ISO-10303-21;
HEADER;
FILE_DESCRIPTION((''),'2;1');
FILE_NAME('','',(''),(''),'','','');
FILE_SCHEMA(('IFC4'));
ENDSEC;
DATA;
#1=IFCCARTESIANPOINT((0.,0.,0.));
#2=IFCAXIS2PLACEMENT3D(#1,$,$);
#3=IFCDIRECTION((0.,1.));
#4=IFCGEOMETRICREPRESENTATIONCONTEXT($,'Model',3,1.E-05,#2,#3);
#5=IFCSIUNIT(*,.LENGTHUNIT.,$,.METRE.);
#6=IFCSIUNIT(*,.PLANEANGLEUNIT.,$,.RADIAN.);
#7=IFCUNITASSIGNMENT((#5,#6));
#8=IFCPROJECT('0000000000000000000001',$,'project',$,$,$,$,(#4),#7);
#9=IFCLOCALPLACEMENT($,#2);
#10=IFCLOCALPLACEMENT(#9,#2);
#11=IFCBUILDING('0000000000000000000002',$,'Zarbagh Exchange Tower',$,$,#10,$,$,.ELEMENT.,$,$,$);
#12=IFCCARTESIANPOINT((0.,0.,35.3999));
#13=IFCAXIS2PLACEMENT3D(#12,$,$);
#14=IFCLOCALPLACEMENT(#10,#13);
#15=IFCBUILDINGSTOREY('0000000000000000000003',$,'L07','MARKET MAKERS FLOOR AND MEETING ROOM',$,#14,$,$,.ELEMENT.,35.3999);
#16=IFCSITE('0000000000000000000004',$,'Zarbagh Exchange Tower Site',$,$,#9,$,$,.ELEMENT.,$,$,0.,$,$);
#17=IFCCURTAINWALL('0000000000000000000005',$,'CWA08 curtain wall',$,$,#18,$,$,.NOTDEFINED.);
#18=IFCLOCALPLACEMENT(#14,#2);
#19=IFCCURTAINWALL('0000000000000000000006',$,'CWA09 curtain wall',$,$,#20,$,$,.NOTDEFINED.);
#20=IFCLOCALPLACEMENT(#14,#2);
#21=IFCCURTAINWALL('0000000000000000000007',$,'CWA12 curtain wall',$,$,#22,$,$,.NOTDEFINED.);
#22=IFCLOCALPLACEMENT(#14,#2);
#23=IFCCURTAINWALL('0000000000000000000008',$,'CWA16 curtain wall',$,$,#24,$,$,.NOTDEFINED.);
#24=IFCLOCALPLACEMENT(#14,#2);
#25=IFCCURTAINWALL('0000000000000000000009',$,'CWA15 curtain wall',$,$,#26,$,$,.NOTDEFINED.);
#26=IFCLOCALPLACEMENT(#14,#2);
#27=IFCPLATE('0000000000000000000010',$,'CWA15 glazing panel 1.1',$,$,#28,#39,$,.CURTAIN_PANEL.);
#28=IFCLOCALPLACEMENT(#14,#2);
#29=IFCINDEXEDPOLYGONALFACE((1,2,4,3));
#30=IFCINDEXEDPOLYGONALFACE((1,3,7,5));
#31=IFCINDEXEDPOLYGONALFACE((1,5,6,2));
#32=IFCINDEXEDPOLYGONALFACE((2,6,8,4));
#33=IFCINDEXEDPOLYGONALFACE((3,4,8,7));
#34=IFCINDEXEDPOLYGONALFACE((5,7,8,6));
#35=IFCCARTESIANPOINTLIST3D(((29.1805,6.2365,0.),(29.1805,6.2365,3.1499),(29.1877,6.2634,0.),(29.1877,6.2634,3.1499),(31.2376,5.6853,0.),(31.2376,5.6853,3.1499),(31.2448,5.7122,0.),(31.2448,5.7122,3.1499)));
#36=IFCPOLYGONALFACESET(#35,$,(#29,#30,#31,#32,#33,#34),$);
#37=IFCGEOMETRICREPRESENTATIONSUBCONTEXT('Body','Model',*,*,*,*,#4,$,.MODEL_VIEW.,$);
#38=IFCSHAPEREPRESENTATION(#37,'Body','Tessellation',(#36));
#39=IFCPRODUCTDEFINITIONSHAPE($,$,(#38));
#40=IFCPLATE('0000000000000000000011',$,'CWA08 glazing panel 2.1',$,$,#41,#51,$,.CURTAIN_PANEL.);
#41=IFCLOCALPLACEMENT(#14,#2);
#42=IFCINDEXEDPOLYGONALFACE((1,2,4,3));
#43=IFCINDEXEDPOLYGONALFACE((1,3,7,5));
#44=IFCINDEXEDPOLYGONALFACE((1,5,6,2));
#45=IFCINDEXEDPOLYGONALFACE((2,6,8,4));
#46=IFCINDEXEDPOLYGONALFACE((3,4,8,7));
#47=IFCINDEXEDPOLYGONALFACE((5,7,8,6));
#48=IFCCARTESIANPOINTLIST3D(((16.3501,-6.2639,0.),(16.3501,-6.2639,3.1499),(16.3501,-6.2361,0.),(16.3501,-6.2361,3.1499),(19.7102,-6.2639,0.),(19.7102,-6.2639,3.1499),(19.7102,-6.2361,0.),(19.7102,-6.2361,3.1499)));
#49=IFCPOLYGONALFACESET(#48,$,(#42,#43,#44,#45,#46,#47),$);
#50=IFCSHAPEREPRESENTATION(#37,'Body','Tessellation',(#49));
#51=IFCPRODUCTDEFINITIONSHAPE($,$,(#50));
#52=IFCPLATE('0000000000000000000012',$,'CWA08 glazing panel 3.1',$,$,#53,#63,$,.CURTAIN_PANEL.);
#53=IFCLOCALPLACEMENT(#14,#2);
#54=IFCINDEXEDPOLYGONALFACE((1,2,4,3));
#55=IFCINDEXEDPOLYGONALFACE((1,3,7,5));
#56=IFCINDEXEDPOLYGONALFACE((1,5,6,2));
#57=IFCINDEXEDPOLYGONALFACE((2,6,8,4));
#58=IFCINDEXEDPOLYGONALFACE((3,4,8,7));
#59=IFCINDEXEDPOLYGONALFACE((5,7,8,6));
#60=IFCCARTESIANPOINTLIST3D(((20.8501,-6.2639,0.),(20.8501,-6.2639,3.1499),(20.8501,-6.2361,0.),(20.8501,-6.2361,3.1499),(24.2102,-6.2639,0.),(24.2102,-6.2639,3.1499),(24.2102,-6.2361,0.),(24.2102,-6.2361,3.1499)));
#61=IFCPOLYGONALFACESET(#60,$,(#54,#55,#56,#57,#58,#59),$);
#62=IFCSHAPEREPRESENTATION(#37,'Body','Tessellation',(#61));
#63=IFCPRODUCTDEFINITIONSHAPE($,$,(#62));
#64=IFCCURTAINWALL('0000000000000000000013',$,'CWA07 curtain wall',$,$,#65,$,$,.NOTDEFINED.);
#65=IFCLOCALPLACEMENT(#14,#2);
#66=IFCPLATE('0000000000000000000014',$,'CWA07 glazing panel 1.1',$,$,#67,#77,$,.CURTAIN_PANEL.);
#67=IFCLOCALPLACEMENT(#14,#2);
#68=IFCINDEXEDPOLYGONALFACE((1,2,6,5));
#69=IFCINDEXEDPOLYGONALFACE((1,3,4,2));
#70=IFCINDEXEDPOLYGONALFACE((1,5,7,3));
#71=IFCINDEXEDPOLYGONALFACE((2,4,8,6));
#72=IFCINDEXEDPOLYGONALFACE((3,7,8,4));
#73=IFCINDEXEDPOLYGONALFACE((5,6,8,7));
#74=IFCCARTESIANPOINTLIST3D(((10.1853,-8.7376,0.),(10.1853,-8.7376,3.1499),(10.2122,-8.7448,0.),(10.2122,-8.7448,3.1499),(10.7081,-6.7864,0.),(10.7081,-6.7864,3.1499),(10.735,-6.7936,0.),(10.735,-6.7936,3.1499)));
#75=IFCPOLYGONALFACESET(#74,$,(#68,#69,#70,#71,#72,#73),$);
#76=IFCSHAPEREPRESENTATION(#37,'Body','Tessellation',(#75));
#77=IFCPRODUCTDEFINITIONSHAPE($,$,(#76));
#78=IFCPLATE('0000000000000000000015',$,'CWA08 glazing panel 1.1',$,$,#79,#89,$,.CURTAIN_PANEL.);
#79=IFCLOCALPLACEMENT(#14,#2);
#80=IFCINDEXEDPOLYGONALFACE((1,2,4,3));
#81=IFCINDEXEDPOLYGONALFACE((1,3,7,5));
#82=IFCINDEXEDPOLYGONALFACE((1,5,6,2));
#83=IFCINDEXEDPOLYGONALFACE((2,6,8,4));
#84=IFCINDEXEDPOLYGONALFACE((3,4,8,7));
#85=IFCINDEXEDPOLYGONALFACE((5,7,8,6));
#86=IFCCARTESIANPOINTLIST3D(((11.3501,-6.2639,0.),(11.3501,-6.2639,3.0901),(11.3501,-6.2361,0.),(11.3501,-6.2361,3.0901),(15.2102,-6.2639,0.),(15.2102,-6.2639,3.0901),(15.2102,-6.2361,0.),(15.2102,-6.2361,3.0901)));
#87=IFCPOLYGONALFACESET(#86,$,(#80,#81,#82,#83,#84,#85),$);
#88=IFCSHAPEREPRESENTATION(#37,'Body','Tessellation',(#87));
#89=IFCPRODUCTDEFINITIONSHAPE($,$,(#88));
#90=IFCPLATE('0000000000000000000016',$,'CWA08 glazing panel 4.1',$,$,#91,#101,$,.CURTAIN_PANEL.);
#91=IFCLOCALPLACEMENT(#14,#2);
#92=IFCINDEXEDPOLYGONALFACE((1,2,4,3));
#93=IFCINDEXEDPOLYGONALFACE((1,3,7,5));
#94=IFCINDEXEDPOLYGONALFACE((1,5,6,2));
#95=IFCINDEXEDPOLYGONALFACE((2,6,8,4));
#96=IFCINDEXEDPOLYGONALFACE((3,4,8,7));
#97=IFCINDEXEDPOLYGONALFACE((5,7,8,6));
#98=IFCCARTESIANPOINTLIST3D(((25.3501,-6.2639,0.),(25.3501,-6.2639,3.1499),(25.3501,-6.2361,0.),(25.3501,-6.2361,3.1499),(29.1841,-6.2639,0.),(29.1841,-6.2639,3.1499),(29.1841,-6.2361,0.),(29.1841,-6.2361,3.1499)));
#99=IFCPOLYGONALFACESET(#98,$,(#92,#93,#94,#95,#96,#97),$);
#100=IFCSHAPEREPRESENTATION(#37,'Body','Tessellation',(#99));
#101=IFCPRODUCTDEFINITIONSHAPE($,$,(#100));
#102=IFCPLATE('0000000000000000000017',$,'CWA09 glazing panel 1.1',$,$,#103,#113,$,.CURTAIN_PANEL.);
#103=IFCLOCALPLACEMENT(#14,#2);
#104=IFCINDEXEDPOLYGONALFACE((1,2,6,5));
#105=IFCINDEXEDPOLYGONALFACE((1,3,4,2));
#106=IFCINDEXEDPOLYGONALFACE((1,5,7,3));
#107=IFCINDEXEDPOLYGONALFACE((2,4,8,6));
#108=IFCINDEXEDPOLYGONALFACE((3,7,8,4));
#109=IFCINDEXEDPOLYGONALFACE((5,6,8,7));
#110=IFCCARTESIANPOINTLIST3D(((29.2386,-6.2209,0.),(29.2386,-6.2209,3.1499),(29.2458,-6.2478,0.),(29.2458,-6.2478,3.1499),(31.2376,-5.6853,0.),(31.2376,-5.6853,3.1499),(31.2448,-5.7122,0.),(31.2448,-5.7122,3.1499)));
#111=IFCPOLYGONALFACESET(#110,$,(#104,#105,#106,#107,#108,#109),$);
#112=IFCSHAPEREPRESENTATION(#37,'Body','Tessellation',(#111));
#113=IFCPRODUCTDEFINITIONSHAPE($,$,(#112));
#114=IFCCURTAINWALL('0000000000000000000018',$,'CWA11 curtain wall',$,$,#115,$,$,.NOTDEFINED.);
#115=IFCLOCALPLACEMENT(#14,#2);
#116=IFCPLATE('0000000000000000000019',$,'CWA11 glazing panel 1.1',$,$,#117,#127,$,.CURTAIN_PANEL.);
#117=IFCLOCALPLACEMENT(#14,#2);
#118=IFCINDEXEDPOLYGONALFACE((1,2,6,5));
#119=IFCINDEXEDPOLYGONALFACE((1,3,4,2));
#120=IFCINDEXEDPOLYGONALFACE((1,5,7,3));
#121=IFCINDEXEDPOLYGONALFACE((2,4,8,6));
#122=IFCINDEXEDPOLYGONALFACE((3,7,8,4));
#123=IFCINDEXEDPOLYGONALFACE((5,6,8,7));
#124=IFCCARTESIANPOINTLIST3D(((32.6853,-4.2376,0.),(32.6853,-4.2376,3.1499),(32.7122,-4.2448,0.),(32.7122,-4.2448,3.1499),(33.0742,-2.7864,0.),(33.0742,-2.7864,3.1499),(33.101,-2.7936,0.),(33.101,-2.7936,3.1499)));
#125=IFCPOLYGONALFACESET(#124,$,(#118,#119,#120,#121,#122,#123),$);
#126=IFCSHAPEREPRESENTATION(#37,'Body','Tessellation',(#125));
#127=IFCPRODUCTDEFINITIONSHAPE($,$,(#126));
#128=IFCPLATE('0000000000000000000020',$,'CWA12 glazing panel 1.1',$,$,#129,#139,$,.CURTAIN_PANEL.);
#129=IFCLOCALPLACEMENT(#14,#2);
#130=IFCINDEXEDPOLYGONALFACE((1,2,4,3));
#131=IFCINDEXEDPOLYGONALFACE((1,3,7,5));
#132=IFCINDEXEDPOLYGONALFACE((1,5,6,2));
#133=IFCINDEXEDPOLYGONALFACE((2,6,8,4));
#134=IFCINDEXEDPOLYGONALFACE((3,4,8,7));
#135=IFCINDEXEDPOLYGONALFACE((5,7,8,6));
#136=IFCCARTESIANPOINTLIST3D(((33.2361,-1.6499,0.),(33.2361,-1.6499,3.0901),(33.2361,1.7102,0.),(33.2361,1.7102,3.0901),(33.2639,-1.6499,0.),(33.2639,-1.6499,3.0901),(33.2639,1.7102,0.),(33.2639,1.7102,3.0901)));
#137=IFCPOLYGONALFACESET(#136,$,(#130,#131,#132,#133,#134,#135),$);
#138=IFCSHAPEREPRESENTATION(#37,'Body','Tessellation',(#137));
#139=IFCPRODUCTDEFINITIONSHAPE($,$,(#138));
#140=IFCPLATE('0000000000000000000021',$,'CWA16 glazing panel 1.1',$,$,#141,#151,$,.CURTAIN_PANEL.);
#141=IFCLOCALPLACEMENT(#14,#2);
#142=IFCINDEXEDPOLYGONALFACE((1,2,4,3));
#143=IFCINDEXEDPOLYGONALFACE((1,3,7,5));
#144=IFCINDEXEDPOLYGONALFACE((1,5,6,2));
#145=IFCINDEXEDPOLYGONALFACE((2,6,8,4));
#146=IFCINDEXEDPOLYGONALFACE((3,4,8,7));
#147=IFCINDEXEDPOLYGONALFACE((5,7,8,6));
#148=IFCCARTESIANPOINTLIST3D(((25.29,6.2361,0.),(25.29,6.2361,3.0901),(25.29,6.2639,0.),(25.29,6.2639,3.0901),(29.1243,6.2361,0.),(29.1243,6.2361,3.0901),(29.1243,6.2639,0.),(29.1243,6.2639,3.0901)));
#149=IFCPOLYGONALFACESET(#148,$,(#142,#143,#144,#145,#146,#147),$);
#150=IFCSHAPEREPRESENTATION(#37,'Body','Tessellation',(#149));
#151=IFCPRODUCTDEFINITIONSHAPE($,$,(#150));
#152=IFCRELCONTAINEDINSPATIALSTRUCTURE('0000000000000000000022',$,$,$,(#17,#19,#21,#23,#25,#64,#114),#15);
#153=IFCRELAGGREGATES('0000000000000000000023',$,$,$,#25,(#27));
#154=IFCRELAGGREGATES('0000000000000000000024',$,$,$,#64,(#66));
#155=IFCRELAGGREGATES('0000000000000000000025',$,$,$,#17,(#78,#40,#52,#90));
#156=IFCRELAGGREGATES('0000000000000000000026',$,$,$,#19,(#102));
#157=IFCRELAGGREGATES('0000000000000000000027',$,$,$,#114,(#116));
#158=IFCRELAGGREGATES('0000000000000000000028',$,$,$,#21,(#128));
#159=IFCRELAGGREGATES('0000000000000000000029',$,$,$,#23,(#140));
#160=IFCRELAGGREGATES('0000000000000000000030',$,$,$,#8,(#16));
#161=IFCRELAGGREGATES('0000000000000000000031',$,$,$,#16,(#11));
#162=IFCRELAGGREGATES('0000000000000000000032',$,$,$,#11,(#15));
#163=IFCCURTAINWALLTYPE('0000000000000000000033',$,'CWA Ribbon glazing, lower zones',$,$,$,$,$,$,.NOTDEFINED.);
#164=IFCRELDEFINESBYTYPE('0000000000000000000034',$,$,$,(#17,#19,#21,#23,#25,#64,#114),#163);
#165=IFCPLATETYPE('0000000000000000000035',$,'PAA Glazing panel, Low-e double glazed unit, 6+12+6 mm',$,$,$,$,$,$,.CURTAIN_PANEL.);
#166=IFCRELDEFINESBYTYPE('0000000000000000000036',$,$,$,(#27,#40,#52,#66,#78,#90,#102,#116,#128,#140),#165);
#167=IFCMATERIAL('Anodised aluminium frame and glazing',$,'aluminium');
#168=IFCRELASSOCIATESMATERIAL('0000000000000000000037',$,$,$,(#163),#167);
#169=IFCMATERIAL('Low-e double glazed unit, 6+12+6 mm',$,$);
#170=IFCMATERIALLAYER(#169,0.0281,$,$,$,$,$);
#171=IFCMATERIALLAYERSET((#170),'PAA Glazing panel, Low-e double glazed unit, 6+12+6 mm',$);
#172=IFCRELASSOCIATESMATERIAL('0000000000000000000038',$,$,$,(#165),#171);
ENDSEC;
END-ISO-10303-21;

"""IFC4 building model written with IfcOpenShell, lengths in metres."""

from ifc_helpers import new_model, si_unit, direction, frame, origin, place, context, subcontext, project, spatial, polyline, outline, extrude, source, transform, mapped, material, layer, layer_set, type_object, element, aggregate, save


model = new_model("IFC4")

# Units and contexts
model_context = context("Model", 3, precision=1e-05, world=origin(), true_north=direction((0.0, 1.0)))
body_context = subcontext(model_context, "Body", "Model", "MODEL_VIEW")
ifc_project = project(units=[si_unit("LENGTHUNIT", "METRE"), si_unit("PLANEANGLEUNIT", "RADIAN")], contexts=[model_context])

# Site, building, storey
site_placement = place(None, origin())
site = spatial("IfcSite", under=ifc_project, at=site_placement, Name="Zarbagh Exchange Tower Site", CompositionType="ELEMENT", RefElevation=0.0)
building_placement = place(site_placement, origin())
building = spatial("IfcBuilding", under=site, at=building_placement, Name="Zarbagh Exchange Tower", CompositionType="ELEMENT")
storey_placement = place(building_placement, frame((0.0, 0.0, 35.3999)))
storey = spatial("IfcBuildingStorey", under=building, at=storey_placement, Name="L07", Description="MARKET MAKERS FLOOR AND MEETING ROOM", CompositionType="ELEMENT", Elevation=35.3999)

# Curtain wall
ifc_material_1 = material(Name="Anodised aluminium frame and glazing", Category="aluminium")
curtain_wall_type = type_object("IfcCurtainWallType", Name="CWA Ribbon glazing, lower zones", PredefinedType="NOTDEFINED", material=ifc_material_1)
curtain_wall_1_placement = place(storey_placement, origin())
curtain_wall_1 = element("IfcCurtainWall", 1, at=curtain_wall_1_placement, inside=storey, type_object=curtain_wall_type, Name="CWA08 curtain wall", PredefinedType="NOTDEFINED")
placement = place(storey_placement, origin())

# Curtain walls
curtain_wall_2_placement = place(storey_placement, origin())
curtain_wall_2 = element("IfcCurtainWall", 2, at=curtain_wall_2_placement, inside=storey, type_object=curtain_wall_type, Name="CWA09 curtain wall", PredefinedType="NOTDEFINED")
curtain_wall_3_placement = place(storey_placement, origin())
curtain_wall_3 = element("IfcCurtainWall", 3, at=curtain_wall_3_placement, inside=storey, type_object=curtain_wall_type, Name="CWA12 curtain wall", PredefinedType="NOTDEFINED")
curtain_wall_4_placement = place(storey_placement, origin())
curtain_wall_4 = element("IfcCurtainWall", 4, at=curtain_wall_4_placement, inside=storey, type_object=curtain_wall_type, Name="CWA16 curtain wall", PredefinedType="NOTDEFINED")

# Shared definitions
ifc_material_2 = material(Name="Low-e double glazed unit, 6+12+6 mm")
ifc_layer = layer(ifc_material_2, 0.0281)
ifc_layer_set = layer_set([ifc_layer], Name="PAA Glazing panel, Low-e double glazed unit, 6+12+6 mm")
plate_type = type_object("IfcPlateType", Name="PAA Glazing panel, Low-e double glazed unit, 6+12+6 mm", PredefinedType="CURTAIN_PANEL", material=ifc_layer_set)

# Curtain wall, plate
curtain_wall_5_placement = place(storey_placement, origin())
curtain_wall_5 = element("IfcCurtainWall", 5, at=curtain_wall_5_placement, inside=storey, type_object=curtain_wall_type, Name="CWA15 curtain wall", PredefinedType="NOTDEFINED")
shared_shape_1 = source(origin(), body_context, "Body", "SweptSolid", [
    extrude(outline(polyline([(0.0, -0.0139), (2.1296, -0.0139), (2.1296, 0.0139), (0.0, 0.0139), (0.0, -0.0139)])), origin(), (0.0, 0.0, 1.0), 3.1499),
])
plate_1 = element("IfcPlate", 6, at=placement, type_object=plate_type, Name="CWA15 glazing panel 1.1", PredefinedType="CURTAIN_PANEL", context=body_context, shape_type="MappedRepresentation", body=[
    mapped(shared_shape_1, transform((31.2412, 5.6987, 0.0), x_axis=(-0.965924, 0.258825, 0.0), y_axis=(-0.258825, -0.965924, 0.0), z_axis=(0.0, 0.0, 1.0))),
])
aggregate(curtain_wall_5, [plate_1])

# Plates
shared_shape_2 = source(origin(), body_context, "Body", "SweptSolid", [
    extrude(outline(polyline([(0.0, -0.0139), (3.3601, -0.0139), (3.3601, 0.0139), (0.0, 0.0139), (0.0, -0.0139)])), origin(), (0.0, 0.0, 1.0), 3.1499),
])
plate_2 = element("IfcPlate", 7, at=placement, type_object=plate_type, Name="CWA08 glazing panel 2.1", PredefinedType="CURTAIN_PANEL", context=body_context, shape_type="MappedRepresentation", body=[
    mapped(shared_shape_2, transform((16.3501, -6.25, 0.0), x_axis=(1.0, 0.0, 0.0), y_axis=(0.0, 1.0, 0.0), z_axis=(0.0, 0.0, 1.0))),
])
plate_3 = element("IfcPlate", 8, at=placement, type_object=plate_type, Name="CWA08 glazing panel 3.1", PredefinedType="CURTAIN_PANEL", context=body_context, shape_type="MappedRepresentation", body=[
    mapped(shared_shape_2, transform((20.8501, -6.25, 0.0), x_axis=(1.0, 0.0, 0.0), y_axis=(0.0, 1.0, 0.0), z_axis=(0.0, 0.0, 1.0))),
])

# Curtain wall, plate
curtain_wall_6_placement = place(storey_placement, origin())
curtain_wall_6 = element("IfcCurtainWall", 9, at=curtain_wall_6_placement, inside=storey, type_object=curtain_wall_type, Name="CWA07 curtain wall", PredefinedType="NOTDEFINED")
shared_shape_3 = source(origin(), body_context, "Body", "SweptSolid", [
    extrude(outline(polyline([(0.0, -0.0139), (2.02, -0.0139), (2.02, 0.0139), (0.0, 0.0139), (0.0, -0.0139)])), origin(), (0.0, 0.0, 1.0), 3.1499),
])
plate_4 = element("IfcPlate", 10, at=placement, type_object=plate_type, Name="CWA07 glazing panel 1.1", PredefinedType="CURTAIN_PANEL", context=body_context, shape_type="MappedRepresentation", body=[
    mapped(shared_shape_3, transform((10.1987, -8.7412, 0.0), x_axis=(0.258825, 0.965924, 0.0), y_axis=(-0.965924, 0.258825, 0.0), z_axis=(0.0, 0.0, 1.0))),
])
aggregate(curtain_wall_6, [plate_4])

# Plates
shared_shape_4 = source(origin(), body_context, "Body", "SweptSolid", [
    extrude(outline(polyline([(0.0, -0.0139), (3.8601, -0.0139), (3.8601, 0.0139), (0.0, 0.0139), (0.0, -0.0139)])), origin(), (0.0, 0.0, 1.0), 3.0901),
])
plate_5 = element("IfcPlate", 11, at=placement, type_object=plate_type, Name="CWA08 glazing panel 1.1", PredefinedType="CURTAIN_PANEL", context=body_context, shape_type="MappedRepresentation", body=[
    mapped(shared_shape_4, transform((11.3501, -6.25, 0.0), x_axis=(1.0, 0.0, 0.0), y_axis=(0.0, 1.0, 0.0), z_axis=(0.0, 0.0, 1.0))),
])
shared_shape_5 = source(origin(), body_context, "Body", "SweptSolid", [
    extrude(outline(polyline([(0.0, -0.0139), (3.834, -0.0139), (3.834, 0.0139), (0.0, 0.0139), (0.0, -0.0139)])), origin(), (0.0, 0.0, 1.0), 3.1499),
])
plate_6 = element("IfcPlate", 12, at=placement, type_object=plate_type, Name="CWA08 glazing panel 4.1", PredefinedType="CURTAIN_PANEL", context=body_context, shape_type="MappedRepresentation", body=[
    mapped(shared_shape_5, transform((25.3501, -6.25, 0.0), x_axis=(1.0, 0.0, 0.0), y_axis=(0.0, 1.0, 0.0), z_axis=(0.0, 0.0, 1.0))),
])
aggregate(curtain_wall_1, [plate_5, plate_2, plate_3, plate_6])
shared_shape_6 = source(origin(), body_context, "Body", "SweptSolid", [
    extrude(outline(polyline([(0.0, -0.0139), (2.0696, -0.0139), (2.0696, 0.0139), (0.0, 0.0139), (0.0, -0.0139)])), origin(), (0.0, 0.0, 1.0), 3.1499),
])
plate_7 = element("IfcPlate", 13, at=placement, type_object=plate_type, Name="CWA09 glazing panel 1.1", PredefinedType="CURTAIN_PANEL", context=body_context, shape_type="MappedRepresentation", body=[
    mapped(shared_shape_6, transform((29.2422, -6.2344, 0.0), x_axis=(0.965924, 0.258825, 0.0), y_axis=(-0.258825, 0.965924, 0.0), z_axis=(0.0, 0.0, 1.0))),
])
aggregate(curtain_wall_2, [plate_7])

# Curtain wall, plate
curtain_wall_7_placement = place(storey_placement, origin())
curtain_wall_7 = element("IfcCurtainWall", 14, at=curtain_wall_7_placement, inside=storey, type_object=curtain_wall_type, Name="CWA11 curtain wall", PredefinedType="NOTDEFINED")
shared_shape_7 = source(origin(), body_context, "Body", "SweptSolid", [
    extrude(outline(polyline([(0.0, -0.0139), (1.5024, -0.0139), (1.5024, 0.0139), (0.0, 0.0139), (0.0, -0.0139)])), origin(), (0.0, 0.0, 1.0), 3.1499),
])
plate_8 = element("IfcPlate", 15, at=placement, type_object=plate_type, Name="CWA11 glazing panel 1.1", PredefinedType="CURTAIN_PANEL", context=body_context, shape_type="MappedRepresentation", body=[
    mapped(shared_shape_7, transform((32.6987, -4.2412, 0.0), x_axis=(0.258825, 0.965924, 0.0), y_axis=(-0.965924, 0.258825, 0.0), z_axis=(0.0, 0.0, 1.0))),
])
aggregate(curtain_wall_7, [plate_8])

# Plates
shared_shape_8 = source(origin(), body_context, "Body", "SweptSolid", [
    extrude(outline(polyline([(0.0, -0.0139), (3.3601, -0.0139), (3.3601, 0.0139), (0.0, 0.0139), (0.0, -0.0139)])), origin(), (0.0, 0.0, 1.0), 3.0901),
])
plate_9 = element("IfcPlate", 16, at=placement, type_object=plate_type, Name="CWA12 glazing panel 1.1", PredefinedType="CURTAIN_PANEL", context=body_context, shape_type="MappedRepresentation", body=[
    mapped(shared_shape_8, transform((33.25, -1.6499, 0.0), x_axis=(0.0, 1.0, 0.0), y_axis=(-1.0, 0.0, 0.0), z_axis=(0.0, 0.0, 1.0))),
])
aggregate(curtain_wall_3, [plate_9])
shared_shape_9 = source(origin(), body_context, "Body", "SweptSolid", [
    extrude(outline(polyline([(0.0, -0.0139), (3.8342, -0.0139), (3.8342, 0.0139), (0.0, 0.0139), (0.0, -0.0139)])), origin(), (0.0, 0.0, 1.0), 3.0901),
])
plate_10 = element("IfcPlate", 17, at=placement, type_object=plate_type, Name="CWA16 glazing panel 1.1", PredefinedType="CURTAIN_PANEL", context=body_context, shape_type="MappedRepresentation", body=[
    mapped(shared_shape_9, transform((29.1243, 6.25, 0.0), x_axis=(-1.0, 0.0, 0.0), y_axis=(0.0, -1.0, 0.0), z_axis=(0.0, 0.0, 1.0))),
])
aggregate(curtain_wall_4, [plate_10])

save(model, "model.ifc")
